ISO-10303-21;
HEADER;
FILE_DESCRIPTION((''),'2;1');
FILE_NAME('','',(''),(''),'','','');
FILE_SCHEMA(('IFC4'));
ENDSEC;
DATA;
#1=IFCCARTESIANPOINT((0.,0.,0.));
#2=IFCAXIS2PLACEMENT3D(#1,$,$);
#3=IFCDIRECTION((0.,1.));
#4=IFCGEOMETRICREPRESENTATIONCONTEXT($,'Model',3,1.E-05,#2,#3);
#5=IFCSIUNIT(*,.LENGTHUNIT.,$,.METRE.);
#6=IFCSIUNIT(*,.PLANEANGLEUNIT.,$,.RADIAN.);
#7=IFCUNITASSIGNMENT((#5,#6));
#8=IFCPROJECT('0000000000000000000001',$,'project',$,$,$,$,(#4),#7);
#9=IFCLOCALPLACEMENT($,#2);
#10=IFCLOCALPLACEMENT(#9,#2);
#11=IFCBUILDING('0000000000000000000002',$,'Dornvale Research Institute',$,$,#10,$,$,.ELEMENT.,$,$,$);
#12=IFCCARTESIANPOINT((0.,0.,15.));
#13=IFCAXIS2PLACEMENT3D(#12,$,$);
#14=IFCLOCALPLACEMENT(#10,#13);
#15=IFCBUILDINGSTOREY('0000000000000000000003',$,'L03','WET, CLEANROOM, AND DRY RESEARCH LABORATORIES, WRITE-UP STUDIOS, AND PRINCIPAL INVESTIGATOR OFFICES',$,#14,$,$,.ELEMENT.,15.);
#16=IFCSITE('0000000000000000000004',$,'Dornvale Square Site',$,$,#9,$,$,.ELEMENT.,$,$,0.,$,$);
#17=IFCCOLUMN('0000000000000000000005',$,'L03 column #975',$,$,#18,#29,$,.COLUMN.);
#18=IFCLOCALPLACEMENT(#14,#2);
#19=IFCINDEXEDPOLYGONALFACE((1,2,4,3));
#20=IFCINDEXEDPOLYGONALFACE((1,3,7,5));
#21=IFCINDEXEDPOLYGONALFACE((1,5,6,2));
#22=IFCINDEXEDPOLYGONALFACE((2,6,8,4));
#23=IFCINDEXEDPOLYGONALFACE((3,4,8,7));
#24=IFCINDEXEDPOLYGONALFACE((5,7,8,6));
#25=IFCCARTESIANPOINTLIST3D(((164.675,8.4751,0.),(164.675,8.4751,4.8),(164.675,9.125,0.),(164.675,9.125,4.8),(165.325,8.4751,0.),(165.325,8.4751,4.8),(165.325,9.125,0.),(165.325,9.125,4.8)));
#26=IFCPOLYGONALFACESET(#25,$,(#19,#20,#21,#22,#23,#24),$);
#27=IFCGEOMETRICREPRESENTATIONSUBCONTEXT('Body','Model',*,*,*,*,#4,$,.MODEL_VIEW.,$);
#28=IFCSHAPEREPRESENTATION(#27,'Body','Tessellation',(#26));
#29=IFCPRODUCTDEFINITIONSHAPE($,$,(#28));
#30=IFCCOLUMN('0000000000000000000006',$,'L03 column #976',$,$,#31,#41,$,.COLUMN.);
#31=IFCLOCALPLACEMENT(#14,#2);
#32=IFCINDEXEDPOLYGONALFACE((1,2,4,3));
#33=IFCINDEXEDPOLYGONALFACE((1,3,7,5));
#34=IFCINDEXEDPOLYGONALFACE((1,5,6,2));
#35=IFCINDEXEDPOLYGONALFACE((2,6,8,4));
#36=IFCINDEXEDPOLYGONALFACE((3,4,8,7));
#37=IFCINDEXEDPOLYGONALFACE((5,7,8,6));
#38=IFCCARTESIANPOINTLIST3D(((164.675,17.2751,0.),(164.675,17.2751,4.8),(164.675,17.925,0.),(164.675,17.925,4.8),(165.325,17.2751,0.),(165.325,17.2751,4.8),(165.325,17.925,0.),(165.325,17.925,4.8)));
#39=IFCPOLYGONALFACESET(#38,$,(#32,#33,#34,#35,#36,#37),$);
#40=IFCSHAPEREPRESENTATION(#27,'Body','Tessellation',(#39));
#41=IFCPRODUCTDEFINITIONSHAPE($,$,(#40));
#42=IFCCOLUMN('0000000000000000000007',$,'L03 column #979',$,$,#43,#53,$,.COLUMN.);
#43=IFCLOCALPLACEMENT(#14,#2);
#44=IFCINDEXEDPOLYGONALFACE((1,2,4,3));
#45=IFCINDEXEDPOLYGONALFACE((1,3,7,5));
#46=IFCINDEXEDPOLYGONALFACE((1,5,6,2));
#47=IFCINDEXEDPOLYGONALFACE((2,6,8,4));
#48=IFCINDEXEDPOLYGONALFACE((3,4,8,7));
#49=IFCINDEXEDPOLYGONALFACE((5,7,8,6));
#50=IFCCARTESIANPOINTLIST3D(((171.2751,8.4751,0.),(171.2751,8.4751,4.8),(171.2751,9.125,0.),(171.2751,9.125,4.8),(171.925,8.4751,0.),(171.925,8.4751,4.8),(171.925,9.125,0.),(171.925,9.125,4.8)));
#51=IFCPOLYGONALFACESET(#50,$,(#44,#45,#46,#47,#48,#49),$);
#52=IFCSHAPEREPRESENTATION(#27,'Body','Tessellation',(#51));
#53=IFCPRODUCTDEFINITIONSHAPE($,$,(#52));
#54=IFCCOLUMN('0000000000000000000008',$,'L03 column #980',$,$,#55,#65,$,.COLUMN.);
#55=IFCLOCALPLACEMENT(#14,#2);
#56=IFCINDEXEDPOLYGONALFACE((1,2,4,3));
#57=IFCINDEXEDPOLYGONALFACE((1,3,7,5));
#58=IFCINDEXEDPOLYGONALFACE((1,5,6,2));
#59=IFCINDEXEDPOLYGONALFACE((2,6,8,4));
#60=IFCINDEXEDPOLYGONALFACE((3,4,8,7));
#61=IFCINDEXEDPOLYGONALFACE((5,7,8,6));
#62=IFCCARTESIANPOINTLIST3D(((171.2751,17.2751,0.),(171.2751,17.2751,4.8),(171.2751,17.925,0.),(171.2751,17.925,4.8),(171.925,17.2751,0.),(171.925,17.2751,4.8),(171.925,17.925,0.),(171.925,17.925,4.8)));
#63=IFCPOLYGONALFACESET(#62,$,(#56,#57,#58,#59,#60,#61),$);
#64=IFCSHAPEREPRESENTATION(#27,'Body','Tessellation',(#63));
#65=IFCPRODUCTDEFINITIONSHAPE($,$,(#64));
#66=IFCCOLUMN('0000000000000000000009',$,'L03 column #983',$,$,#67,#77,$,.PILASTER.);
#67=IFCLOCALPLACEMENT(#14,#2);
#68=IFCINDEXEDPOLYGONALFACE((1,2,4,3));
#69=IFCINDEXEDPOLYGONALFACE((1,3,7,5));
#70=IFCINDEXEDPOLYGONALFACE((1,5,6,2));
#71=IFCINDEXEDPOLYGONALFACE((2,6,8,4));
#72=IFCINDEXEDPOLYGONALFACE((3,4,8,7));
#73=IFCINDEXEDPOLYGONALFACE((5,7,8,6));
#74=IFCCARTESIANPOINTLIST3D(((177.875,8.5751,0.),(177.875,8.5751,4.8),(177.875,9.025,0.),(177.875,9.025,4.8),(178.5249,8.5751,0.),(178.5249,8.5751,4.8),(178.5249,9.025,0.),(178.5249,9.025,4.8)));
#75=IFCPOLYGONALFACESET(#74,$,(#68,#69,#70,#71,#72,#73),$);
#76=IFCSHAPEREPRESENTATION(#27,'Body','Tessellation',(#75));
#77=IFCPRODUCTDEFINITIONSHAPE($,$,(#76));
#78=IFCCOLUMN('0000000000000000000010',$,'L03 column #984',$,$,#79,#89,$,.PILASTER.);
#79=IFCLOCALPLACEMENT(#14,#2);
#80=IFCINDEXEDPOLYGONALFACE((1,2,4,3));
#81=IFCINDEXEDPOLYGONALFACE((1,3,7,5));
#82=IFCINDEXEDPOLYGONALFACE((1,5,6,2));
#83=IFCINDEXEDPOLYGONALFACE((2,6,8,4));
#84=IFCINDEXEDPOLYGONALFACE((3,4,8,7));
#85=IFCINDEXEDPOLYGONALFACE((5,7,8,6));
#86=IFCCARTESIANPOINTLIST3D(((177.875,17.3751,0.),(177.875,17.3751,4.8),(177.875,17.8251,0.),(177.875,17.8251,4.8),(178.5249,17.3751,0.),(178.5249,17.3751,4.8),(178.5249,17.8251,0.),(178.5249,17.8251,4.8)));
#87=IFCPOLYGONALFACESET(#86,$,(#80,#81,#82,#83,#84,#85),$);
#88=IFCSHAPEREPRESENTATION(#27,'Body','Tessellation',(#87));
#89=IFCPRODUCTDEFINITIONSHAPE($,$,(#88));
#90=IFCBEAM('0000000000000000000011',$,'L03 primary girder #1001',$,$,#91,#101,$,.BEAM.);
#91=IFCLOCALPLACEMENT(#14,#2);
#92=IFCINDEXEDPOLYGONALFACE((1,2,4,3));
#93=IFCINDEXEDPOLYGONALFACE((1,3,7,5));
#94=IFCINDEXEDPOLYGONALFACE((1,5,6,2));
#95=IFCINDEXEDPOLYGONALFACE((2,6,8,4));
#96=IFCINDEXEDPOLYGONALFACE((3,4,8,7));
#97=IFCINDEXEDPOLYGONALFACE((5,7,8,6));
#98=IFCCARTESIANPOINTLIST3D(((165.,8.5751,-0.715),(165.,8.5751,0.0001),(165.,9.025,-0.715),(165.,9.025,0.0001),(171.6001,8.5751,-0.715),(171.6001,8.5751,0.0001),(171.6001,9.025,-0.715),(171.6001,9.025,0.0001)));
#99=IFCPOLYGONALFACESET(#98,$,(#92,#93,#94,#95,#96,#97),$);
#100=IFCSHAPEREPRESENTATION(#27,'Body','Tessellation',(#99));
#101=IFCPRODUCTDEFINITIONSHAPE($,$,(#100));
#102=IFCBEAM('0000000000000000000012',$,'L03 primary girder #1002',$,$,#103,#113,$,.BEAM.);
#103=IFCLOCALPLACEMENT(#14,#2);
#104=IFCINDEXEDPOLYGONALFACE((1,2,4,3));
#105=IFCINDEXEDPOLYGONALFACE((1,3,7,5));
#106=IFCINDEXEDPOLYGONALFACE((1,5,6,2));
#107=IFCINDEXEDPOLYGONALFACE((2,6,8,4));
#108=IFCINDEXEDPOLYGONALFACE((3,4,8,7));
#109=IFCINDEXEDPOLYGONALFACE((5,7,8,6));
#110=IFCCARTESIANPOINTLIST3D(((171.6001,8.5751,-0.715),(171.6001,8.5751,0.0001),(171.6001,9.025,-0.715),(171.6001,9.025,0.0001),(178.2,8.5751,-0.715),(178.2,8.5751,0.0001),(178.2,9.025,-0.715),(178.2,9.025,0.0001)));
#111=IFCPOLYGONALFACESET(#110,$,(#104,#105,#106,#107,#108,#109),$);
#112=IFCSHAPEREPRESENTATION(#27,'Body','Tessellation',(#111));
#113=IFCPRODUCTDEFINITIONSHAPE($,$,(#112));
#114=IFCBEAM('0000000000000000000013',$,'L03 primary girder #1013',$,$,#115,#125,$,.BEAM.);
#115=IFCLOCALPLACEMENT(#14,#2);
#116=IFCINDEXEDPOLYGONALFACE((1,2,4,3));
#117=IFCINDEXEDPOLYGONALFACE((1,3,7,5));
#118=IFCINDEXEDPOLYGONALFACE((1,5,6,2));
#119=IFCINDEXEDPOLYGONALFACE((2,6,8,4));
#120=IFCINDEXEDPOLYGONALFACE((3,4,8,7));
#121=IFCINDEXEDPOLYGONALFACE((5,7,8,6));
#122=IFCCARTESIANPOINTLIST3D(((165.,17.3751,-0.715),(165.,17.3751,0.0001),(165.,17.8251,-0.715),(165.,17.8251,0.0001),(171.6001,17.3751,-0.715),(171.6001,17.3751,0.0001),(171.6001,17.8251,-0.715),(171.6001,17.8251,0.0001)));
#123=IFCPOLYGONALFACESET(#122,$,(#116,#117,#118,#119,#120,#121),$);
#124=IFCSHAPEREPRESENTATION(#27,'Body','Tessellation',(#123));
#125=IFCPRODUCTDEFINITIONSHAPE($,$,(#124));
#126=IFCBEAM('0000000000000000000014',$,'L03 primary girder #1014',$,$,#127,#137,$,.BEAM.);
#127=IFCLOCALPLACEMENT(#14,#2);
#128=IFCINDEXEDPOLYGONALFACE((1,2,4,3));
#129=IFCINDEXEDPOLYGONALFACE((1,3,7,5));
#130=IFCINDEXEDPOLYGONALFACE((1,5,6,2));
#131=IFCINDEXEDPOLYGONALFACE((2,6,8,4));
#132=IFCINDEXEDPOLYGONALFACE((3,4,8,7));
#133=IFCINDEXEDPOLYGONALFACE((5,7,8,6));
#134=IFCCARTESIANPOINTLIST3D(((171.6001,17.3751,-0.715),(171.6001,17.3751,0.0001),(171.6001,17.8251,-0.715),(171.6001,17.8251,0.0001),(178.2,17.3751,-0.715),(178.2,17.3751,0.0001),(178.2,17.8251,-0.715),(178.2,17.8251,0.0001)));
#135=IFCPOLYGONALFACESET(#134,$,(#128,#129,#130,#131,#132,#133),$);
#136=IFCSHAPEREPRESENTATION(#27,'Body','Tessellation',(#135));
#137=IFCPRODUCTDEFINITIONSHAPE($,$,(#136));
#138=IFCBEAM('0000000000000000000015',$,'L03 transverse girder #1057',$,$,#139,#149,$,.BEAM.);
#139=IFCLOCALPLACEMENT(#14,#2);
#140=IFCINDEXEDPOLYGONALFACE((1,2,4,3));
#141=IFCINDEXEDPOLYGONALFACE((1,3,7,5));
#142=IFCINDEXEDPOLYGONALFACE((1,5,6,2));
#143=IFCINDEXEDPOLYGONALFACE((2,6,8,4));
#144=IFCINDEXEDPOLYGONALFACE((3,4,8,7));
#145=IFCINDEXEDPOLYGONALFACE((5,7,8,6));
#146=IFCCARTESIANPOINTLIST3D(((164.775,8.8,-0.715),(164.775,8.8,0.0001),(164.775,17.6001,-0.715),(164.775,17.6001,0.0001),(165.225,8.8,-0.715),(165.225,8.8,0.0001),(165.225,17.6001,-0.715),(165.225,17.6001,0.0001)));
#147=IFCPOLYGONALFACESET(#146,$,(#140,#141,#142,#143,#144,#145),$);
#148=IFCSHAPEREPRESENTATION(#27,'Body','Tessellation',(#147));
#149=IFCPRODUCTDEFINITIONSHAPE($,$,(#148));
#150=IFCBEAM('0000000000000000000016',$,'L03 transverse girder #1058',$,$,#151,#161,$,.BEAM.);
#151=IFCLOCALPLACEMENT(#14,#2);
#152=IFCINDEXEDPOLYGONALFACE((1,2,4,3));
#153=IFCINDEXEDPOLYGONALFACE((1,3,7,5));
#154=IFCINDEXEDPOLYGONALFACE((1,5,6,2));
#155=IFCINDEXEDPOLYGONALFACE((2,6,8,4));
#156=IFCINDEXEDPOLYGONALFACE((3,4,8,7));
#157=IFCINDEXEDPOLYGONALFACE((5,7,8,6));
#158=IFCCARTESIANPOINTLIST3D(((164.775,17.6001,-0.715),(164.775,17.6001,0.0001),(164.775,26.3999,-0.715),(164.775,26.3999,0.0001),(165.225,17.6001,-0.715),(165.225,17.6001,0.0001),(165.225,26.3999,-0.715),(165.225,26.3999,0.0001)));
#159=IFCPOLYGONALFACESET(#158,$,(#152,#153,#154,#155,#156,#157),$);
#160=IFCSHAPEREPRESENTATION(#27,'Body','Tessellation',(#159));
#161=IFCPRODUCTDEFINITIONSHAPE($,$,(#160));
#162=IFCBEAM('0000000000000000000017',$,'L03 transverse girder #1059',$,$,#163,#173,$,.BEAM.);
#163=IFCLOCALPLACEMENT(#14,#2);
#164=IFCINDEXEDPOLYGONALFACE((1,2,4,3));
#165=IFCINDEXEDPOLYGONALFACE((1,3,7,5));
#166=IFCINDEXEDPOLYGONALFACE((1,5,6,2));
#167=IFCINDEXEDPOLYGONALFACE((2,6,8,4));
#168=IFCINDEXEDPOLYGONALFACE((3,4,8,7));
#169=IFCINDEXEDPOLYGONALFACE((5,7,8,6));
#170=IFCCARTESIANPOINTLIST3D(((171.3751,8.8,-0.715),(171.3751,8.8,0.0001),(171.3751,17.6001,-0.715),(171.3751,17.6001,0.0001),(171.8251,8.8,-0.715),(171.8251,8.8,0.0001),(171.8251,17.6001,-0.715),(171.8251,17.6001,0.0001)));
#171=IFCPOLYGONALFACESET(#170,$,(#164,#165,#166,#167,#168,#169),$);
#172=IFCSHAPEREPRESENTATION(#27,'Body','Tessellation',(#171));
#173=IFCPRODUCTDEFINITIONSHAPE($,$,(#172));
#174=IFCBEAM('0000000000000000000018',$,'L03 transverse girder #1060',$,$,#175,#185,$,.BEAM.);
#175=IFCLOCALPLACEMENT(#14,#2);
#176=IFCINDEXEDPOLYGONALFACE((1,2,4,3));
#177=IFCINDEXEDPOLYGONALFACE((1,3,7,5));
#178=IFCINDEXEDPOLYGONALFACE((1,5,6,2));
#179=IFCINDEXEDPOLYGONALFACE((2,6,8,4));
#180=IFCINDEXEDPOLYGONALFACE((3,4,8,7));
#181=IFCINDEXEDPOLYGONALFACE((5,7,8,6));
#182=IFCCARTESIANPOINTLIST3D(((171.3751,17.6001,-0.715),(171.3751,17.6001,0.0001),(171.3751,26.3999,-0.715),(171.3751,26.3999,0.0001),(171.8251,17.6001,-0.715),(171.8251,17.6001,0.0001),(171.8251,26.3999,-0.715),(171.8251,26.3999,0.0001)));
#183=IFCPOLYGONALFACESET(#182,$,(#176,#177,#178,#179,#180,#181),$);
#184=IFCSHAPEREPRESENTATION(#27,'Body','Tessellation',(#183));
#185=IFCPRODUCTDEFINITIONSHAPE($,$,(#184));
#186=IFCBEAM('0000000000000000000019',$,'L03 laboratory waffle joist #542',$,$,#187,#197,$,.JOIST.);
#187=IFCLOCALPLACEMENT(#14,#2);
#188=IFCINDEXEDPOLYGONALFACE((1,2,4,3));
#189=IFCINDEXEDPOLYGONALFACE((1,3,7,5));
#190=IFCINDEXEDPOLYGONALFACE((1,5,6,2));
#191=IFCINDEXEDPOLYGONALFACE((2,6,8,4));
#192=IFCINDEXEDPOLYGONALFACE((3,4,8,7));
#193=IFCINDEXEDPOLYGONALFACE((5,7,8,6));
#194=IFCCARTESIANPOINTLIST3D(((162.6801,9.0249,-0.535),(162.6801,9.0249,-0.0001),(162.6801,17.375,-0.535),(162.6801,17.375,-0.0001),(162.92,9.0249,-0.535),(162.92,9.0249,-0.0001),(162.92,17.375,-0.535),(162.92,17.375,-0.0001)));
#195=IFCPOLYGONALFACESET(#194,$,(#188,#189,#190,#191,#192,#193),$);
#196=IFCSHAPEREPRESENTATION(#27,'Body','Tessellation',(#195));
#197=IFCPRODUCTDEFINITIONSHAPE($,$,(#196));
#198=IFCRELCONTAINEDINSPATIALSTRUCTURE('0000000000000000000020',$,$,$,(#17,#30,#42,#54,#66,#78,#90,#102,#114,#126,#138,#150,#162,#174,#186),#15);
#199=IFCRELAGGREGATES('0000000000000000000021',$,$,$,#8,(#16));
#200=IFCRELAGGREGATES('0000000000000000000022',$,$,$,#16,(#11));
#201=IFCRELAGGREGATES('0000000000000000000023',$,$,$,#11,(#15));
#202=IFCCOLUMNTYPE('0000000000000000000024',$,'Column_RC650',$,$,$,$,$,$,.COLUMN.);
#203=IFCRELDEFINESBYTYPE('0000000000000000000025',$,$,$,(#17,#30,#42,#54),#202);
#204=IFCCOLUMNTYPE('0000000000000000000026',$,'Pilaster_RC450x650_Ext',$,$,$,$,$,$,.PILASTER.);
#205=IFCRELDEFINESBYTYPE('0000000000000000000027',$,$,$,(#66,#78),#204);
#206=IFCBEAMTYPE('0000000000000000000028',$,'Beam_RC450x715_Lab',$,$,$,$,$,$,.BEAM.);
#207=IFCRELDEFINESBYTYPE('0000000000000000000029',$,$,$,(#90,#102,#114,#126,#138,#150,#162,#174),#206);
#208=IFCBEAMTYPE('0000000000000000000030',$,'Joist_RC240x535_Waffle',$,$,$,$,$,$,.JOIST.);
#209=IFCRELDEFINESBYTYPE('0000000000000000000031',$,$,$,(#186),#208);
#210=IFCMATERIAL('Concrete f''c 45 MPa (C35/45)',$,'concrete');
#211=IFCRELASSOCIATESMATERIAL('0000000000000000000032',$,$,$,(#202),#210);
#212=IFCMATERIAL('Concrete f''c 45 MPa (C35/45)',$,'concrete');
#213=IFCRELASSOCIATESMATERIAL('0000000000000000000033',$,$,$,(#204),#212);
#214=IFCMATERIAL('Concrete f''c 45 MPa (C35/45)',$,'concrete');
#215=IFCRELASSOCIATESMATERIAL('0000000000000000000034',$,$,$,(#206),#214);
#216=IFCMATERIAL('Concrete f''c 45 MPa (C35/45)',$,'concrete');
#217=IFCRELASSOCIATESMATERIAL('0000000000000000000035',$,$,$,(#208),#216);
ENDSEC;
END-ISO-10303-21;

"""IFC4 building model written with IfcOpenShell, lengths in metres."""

from ifc_helpers import new_model, si_unit, direction, frame, origin, origin_2d, place, context, subcontext, project, spatial, rectangle, extrude, material, material_profile, profile_set, type_object, element, save


model = new_model("IFC4")

# Units and contexts
model_context = context("Model", 3, precision=1e-05, world=origin(), true_north=direction((0.0, 1.0)))
body_context = subcontext(model_context, "Body", "Model", "MODEL_VIEW")
ifc_project = project(units=[si_unit("LENGTHUNIT", "METRE"), si_unit("PLANEANGLEUNIT", "RADIAN")], contexts=[model_context])

# Site, building, storey
site_placement = place(None, origin())
site = spatial("IfcSite", under=ifc_project, at=site_placement, Name="Dornvale Square Site", CompositionType="ELEMENT", RefElevation=0.0)
building_placement = place(site_placement, origin())
building = spatial("IfcBuilding", under=site, at=building_placement, Name="Dornvale Research Institute", CompositionType="ELEMENT")
storey_placement = place(building_placement, frame((0.0, 0.0, 15.0)))
storey = spatial("IfcBuildingStorey", under=building, at=storey_placement, Name="L03", Description="WET, CLEANROOM, AND DRY RESEARCH LABORATORIES, WRITE-UP STUDIOS, AND PRINCIPAL INVESTIGATOR OFFICES", CompositionType="ELEMENT", Elevation=15.0)

# Columns
ifc_material_1 = material(Name="Concrete f'c 45 MPa (C35/45)", Category="concrete")
ifc_material_profile_1 = material_profile(ifc_material_1, rectangle(XDim=0.6499, YDim=0.6499, at=origin_2d()), Name="RC 650x650")
ifc_profile_set_1 = profile_set([ifc_material_profile_1], Name="Concrete f'c 45 MPa (C35/45)")
column_type_1 = type_object("IfcColumnType", Name="Column_RC650", PredefinedType="COLUMN", material=ifc_profile_set_1)
for number, where, z_axis, x_axis, name in (
    (1, (165.0, 8.8, 0.0), (0.0, 0.0, 1.0), (1.0, 0.0, 0.0), "L03 column #975"),
    (2, (165.0, 17.6001, 0.0), (0.0, 0.0, 1.0), (1.0, 0.0, 0.0), "L03 column #976"),
    (3, (171.6001, 8.8, 0.0), (0.0, 0.0, 1.0), (1.0, 0.0, 0.0), "L03 column #979"),
    (4, (171.6001, 17.6001, 0.0), (0.0, 0.0, 1.0), (1.0, 0.0, 0.0), "L03 column #980"),
):
    element("IfcColumn", number, at=place(storey_placement, frame(where, z_axis=z_axis, x_axis=x_axis)), inside=storey, type_object=column_type_1, Name=name, PredefinedType="COLUMN", context=body_context, shape_type="SweptSolid", body=[
        extrude(rectangle(XDim=0.6499, YDim=0.6499, at=origin_2d()), origin(), (0.0, 0.0, 1.0), 4.8),
    ])
ifc_material_2 = material(Name="Concrete f'c 45 MPa (C35/45)", Category="concrete")
ifc_material_profile_2 = material_profile(ifc_material_2, rectangle(XDim=0.45, YDim=0.6499, at=origin_2d()), Name="RC 450x650")
ifc_profile_set_2 = profile_set([ifc_material_profile_2], Name="Concrete f'c 45 MPa (C35/45)")
column_type_2 = type_object("IfcColumnType", Name="Pilaster_RC450x650_Ext", PredefinedType="PILASTER", material=ifc_profile_set_2)
for number, where, z_axis, x_axis, name in (
    (5, (178.2, 8.8, 0.0), (0.0, 0.0, 1.0), (0.0, 1.0, 0.0), "L03 column #983"),
    (6, (178.2, 17.6001, 0.0), (0.0, 0.0, 1.0), (0.0, 1.0, 0.0), "L03 column #984"),
):
    element("IfcColumn", number, at=place(storey_placement, frame(where, z_axis=z_axis, x_axis=x_axis)), inside=storey, type_object=column_type_2, Name=name, PredefinedType="PILASTER", context=body_context, shape_type="SweptSolid", body=[
        extrude(rectangle(XDim=0.45, YDim=0.6499, at=origin_2d()), origin(), (0.0, 0.0, 1.0), 4.8),
    ])

# Beams
ifc_material_3 = material(Name="Concrete f'c 45 MPa (C35/45)", Category="concrete")
ifc_material_profile_3 = material_profile(ifc_material_3, rectangle(XDim=0.45, YDim=0.7151, at=origin_2d()), Name="RC 450x715")
ifc_profile_set_3 = profile_set([ifc_material_profile_3], Name="Concrete f'c 45 MPa (C35/45)")
beam_type_1 = type_object("IfcBeamType", Name="Beam_RC450x715_Lab", PredefinedType="BEAM", material=ifc_profile_set_3)
beam_1_placement = place(storey_placement, frame((165.0, 8.8, -0.3574), z_axis=(1.0, 0.0, 0.0), x_axis=(0.0, 1.0, 0.0)))
element("IfcBeam", 7, at=beam_1_placement, inside=storey, type_object=beam_type_1, Name="L03 primary girder #1001", PredefinedType="BEAM", context=body_context, shape_type="SweptSolid", body=[
    extrude(rectangle(XDim=0.45, YDim=0.7151, at=origin_2d()), origin(), (0.0, 0.0, 1.0), 6.6001),
])
beam_2_placement = place(storey_placement, frame((171.6001, 8.8, -0.3574), z_axis=(1.0, 0.0, 0.0), x_axis=(0.0, 1.0, 0.0)))
element("IfcBeam", 8, at=beam_2_placement, inside=storey, type_object=beam_type_1, Name="L03 primary girder #1002", PredefinedType="BEAM", context=body_context, shape_type="SweptSolid", body=[
    extrude(rectangle(XDim=0.45, YDim=0.7151, at=origin_2d()), origin(), (0.0, 0.0, 1.0), 6.5999),
])
beam_3_placement = place(storey_placement, frame((165.0, 17.6001, -0.3574), z_axis=(1.0, 0.0, 0.0), x_axis=(0.0, 1.0, 0.0)))
element("IfcBeam", 9, at=beam_3_placement, inside=storey, type_object=beam_type_1, Name="L03 primary girder #1013", PredefinedType="BEAM", context=body_context, shape_type="SweptSolid", body=[
    extrude(rectangle(XDim=0.45, YDim=0.7151, at=origin_2d()), origin(), (0.0, 0.0, 1.0), 6.6001),
])
beam_4_placement = place(storey_placement, frame((171.6001, 17.6001, -0.3574), z_axis=(1.0, 0.0, 0.0), x_axis=(0.0, 1.0, 0.0)))
element("IfcBeam", 10, at=beam_4_placement, inside=storey, type_object=beam_type_1, Name="L03 primary girder #1014", PredefinedType="BEAM", context=body_context, shape_type="SweptSolid", body=[
    extrude(rectangle(XDim=0.45, YDim=0.7151, at=origin_2d()), origin(), (0.0, 0.0, 1.0), 6.5999),
])
beam_5_placement = place(storey_placement, frame((165.0, 8.8, -0.3574), z_axis=(0.0, 1.0, 0.0), x_axis=(-1.0, 0.0, 0.0)))
element("IfcBeam", 11, at=beam_5_placement, inside=storey, type_object=beam_type_1, Name="L03 transverse girder #1057", PredefinedType="BEAM", context=body_context, shape_type="SweptSolid", body=[
    extrude(rectangle(XDim=0.45, YDim=0.7151, at=origin_2d()), origin(), (0.0, 0.0, 1.0), 8.8),
])
beam_6_placement = place(storey_placement, frame((165.0, 17.6001, -0.3574), z_axis=(0.0, 1.0, 0.0), x_axis=(-1.0, 0.0, 0.0)))
element("IfcBeam", 12, at=beam_6_placement, inside=storey, type_object=beam_type_1, Name="L03 transverse girder #1058", PredefinedType="BEAM", context=body_context, shape_type="SweptSolid", body=[
    extrude(rectangle(XDim=0.45, YDim=0.7151, at=origin_2d()), origin(), (0.0, 0.0, 1.0), 8.7998),
])
beam_7_placement = place(storey_placement, frame((171.6001, 8.8, -0.3574), z_axis=(0.0, 1.0, 0.0), x_axis=(-1.0, 0.0, 0.0)))
element("IfcBeam", 13, at=beam_7_placement, inside=storey, type_object=beam_type_1, Name="L03 transverse girder #1059", PredefinedType="BEAM", context=body_context, shape_type="SweptSolid", body=[
    extrude(rectangle(XDim=0.45, YDim=0.7151, at=origin_2d()), origin(), (0.0, 0.0, 1.0), 8.8),
])
beam_8_placement = place(storey_placement, frame((171.6001, 17.6001, -0.3574), z_axis=(0.0, 1.0, 0.0), x_axis=(-1.0, 0.0, 0.0)))
element("IfcBeam", 14, at=beam_8_placement, inside=storey, type_object=beam_type_1, Name="L03 transverse girder #1060", PredefinedType="BEAM", context=body_context, shape_type="SweptSolid", body=[
    extrude(rectangle(XDim=0.45, YDim=0.7151, at=origin_2d()), origin(), (0.0, 0.0, 1.0), 8.7998),
])
ifc_material_4 = material(Name="Concrete f'c 45 MPa (C35/45)", Category="concrete")
ifc_material_profile_4 = material_profile(ifc_material_4, rectangle(XDim=0.24, YDim=0.5349, at=origin_2d()), Name="RC 240x535")
ifc_profile_set_4 = profile_set([ifc_material_profile_4], Name="Concrete f'c 45 MPa (C35/45)")
beam_type_2 = type_object("IfcBeamType", Name="Joist_RC240x535_Waffle", PredefinedType="JOIST", material=ifc_profile_set_4)
for number, where, z_axis, x_axis, name in (
    (15, (162.8, 9.0249, -0.2676), (0.0, 1.0, 0.0), (-1.0, 0.0, 0.0), "L03 laboratory waffle joist #542"),
):
    element("IfcBeam", number, at=place(storey_placement, frame(where, z_axis=z_axis, x_axis=x_axis)), inside=storey, type_object=beam_type_2, Name=name, PredefinedType="JOIST", context=body_context, shape_type="SweptSolid", body=[
        extrude(rectangle(XDim=0.24, YDim=0.5349, at=origin_2d()), origin(), (0.0, 0.0, 1.0), 8.3501),
    ])

save(model, "model.ifc")
